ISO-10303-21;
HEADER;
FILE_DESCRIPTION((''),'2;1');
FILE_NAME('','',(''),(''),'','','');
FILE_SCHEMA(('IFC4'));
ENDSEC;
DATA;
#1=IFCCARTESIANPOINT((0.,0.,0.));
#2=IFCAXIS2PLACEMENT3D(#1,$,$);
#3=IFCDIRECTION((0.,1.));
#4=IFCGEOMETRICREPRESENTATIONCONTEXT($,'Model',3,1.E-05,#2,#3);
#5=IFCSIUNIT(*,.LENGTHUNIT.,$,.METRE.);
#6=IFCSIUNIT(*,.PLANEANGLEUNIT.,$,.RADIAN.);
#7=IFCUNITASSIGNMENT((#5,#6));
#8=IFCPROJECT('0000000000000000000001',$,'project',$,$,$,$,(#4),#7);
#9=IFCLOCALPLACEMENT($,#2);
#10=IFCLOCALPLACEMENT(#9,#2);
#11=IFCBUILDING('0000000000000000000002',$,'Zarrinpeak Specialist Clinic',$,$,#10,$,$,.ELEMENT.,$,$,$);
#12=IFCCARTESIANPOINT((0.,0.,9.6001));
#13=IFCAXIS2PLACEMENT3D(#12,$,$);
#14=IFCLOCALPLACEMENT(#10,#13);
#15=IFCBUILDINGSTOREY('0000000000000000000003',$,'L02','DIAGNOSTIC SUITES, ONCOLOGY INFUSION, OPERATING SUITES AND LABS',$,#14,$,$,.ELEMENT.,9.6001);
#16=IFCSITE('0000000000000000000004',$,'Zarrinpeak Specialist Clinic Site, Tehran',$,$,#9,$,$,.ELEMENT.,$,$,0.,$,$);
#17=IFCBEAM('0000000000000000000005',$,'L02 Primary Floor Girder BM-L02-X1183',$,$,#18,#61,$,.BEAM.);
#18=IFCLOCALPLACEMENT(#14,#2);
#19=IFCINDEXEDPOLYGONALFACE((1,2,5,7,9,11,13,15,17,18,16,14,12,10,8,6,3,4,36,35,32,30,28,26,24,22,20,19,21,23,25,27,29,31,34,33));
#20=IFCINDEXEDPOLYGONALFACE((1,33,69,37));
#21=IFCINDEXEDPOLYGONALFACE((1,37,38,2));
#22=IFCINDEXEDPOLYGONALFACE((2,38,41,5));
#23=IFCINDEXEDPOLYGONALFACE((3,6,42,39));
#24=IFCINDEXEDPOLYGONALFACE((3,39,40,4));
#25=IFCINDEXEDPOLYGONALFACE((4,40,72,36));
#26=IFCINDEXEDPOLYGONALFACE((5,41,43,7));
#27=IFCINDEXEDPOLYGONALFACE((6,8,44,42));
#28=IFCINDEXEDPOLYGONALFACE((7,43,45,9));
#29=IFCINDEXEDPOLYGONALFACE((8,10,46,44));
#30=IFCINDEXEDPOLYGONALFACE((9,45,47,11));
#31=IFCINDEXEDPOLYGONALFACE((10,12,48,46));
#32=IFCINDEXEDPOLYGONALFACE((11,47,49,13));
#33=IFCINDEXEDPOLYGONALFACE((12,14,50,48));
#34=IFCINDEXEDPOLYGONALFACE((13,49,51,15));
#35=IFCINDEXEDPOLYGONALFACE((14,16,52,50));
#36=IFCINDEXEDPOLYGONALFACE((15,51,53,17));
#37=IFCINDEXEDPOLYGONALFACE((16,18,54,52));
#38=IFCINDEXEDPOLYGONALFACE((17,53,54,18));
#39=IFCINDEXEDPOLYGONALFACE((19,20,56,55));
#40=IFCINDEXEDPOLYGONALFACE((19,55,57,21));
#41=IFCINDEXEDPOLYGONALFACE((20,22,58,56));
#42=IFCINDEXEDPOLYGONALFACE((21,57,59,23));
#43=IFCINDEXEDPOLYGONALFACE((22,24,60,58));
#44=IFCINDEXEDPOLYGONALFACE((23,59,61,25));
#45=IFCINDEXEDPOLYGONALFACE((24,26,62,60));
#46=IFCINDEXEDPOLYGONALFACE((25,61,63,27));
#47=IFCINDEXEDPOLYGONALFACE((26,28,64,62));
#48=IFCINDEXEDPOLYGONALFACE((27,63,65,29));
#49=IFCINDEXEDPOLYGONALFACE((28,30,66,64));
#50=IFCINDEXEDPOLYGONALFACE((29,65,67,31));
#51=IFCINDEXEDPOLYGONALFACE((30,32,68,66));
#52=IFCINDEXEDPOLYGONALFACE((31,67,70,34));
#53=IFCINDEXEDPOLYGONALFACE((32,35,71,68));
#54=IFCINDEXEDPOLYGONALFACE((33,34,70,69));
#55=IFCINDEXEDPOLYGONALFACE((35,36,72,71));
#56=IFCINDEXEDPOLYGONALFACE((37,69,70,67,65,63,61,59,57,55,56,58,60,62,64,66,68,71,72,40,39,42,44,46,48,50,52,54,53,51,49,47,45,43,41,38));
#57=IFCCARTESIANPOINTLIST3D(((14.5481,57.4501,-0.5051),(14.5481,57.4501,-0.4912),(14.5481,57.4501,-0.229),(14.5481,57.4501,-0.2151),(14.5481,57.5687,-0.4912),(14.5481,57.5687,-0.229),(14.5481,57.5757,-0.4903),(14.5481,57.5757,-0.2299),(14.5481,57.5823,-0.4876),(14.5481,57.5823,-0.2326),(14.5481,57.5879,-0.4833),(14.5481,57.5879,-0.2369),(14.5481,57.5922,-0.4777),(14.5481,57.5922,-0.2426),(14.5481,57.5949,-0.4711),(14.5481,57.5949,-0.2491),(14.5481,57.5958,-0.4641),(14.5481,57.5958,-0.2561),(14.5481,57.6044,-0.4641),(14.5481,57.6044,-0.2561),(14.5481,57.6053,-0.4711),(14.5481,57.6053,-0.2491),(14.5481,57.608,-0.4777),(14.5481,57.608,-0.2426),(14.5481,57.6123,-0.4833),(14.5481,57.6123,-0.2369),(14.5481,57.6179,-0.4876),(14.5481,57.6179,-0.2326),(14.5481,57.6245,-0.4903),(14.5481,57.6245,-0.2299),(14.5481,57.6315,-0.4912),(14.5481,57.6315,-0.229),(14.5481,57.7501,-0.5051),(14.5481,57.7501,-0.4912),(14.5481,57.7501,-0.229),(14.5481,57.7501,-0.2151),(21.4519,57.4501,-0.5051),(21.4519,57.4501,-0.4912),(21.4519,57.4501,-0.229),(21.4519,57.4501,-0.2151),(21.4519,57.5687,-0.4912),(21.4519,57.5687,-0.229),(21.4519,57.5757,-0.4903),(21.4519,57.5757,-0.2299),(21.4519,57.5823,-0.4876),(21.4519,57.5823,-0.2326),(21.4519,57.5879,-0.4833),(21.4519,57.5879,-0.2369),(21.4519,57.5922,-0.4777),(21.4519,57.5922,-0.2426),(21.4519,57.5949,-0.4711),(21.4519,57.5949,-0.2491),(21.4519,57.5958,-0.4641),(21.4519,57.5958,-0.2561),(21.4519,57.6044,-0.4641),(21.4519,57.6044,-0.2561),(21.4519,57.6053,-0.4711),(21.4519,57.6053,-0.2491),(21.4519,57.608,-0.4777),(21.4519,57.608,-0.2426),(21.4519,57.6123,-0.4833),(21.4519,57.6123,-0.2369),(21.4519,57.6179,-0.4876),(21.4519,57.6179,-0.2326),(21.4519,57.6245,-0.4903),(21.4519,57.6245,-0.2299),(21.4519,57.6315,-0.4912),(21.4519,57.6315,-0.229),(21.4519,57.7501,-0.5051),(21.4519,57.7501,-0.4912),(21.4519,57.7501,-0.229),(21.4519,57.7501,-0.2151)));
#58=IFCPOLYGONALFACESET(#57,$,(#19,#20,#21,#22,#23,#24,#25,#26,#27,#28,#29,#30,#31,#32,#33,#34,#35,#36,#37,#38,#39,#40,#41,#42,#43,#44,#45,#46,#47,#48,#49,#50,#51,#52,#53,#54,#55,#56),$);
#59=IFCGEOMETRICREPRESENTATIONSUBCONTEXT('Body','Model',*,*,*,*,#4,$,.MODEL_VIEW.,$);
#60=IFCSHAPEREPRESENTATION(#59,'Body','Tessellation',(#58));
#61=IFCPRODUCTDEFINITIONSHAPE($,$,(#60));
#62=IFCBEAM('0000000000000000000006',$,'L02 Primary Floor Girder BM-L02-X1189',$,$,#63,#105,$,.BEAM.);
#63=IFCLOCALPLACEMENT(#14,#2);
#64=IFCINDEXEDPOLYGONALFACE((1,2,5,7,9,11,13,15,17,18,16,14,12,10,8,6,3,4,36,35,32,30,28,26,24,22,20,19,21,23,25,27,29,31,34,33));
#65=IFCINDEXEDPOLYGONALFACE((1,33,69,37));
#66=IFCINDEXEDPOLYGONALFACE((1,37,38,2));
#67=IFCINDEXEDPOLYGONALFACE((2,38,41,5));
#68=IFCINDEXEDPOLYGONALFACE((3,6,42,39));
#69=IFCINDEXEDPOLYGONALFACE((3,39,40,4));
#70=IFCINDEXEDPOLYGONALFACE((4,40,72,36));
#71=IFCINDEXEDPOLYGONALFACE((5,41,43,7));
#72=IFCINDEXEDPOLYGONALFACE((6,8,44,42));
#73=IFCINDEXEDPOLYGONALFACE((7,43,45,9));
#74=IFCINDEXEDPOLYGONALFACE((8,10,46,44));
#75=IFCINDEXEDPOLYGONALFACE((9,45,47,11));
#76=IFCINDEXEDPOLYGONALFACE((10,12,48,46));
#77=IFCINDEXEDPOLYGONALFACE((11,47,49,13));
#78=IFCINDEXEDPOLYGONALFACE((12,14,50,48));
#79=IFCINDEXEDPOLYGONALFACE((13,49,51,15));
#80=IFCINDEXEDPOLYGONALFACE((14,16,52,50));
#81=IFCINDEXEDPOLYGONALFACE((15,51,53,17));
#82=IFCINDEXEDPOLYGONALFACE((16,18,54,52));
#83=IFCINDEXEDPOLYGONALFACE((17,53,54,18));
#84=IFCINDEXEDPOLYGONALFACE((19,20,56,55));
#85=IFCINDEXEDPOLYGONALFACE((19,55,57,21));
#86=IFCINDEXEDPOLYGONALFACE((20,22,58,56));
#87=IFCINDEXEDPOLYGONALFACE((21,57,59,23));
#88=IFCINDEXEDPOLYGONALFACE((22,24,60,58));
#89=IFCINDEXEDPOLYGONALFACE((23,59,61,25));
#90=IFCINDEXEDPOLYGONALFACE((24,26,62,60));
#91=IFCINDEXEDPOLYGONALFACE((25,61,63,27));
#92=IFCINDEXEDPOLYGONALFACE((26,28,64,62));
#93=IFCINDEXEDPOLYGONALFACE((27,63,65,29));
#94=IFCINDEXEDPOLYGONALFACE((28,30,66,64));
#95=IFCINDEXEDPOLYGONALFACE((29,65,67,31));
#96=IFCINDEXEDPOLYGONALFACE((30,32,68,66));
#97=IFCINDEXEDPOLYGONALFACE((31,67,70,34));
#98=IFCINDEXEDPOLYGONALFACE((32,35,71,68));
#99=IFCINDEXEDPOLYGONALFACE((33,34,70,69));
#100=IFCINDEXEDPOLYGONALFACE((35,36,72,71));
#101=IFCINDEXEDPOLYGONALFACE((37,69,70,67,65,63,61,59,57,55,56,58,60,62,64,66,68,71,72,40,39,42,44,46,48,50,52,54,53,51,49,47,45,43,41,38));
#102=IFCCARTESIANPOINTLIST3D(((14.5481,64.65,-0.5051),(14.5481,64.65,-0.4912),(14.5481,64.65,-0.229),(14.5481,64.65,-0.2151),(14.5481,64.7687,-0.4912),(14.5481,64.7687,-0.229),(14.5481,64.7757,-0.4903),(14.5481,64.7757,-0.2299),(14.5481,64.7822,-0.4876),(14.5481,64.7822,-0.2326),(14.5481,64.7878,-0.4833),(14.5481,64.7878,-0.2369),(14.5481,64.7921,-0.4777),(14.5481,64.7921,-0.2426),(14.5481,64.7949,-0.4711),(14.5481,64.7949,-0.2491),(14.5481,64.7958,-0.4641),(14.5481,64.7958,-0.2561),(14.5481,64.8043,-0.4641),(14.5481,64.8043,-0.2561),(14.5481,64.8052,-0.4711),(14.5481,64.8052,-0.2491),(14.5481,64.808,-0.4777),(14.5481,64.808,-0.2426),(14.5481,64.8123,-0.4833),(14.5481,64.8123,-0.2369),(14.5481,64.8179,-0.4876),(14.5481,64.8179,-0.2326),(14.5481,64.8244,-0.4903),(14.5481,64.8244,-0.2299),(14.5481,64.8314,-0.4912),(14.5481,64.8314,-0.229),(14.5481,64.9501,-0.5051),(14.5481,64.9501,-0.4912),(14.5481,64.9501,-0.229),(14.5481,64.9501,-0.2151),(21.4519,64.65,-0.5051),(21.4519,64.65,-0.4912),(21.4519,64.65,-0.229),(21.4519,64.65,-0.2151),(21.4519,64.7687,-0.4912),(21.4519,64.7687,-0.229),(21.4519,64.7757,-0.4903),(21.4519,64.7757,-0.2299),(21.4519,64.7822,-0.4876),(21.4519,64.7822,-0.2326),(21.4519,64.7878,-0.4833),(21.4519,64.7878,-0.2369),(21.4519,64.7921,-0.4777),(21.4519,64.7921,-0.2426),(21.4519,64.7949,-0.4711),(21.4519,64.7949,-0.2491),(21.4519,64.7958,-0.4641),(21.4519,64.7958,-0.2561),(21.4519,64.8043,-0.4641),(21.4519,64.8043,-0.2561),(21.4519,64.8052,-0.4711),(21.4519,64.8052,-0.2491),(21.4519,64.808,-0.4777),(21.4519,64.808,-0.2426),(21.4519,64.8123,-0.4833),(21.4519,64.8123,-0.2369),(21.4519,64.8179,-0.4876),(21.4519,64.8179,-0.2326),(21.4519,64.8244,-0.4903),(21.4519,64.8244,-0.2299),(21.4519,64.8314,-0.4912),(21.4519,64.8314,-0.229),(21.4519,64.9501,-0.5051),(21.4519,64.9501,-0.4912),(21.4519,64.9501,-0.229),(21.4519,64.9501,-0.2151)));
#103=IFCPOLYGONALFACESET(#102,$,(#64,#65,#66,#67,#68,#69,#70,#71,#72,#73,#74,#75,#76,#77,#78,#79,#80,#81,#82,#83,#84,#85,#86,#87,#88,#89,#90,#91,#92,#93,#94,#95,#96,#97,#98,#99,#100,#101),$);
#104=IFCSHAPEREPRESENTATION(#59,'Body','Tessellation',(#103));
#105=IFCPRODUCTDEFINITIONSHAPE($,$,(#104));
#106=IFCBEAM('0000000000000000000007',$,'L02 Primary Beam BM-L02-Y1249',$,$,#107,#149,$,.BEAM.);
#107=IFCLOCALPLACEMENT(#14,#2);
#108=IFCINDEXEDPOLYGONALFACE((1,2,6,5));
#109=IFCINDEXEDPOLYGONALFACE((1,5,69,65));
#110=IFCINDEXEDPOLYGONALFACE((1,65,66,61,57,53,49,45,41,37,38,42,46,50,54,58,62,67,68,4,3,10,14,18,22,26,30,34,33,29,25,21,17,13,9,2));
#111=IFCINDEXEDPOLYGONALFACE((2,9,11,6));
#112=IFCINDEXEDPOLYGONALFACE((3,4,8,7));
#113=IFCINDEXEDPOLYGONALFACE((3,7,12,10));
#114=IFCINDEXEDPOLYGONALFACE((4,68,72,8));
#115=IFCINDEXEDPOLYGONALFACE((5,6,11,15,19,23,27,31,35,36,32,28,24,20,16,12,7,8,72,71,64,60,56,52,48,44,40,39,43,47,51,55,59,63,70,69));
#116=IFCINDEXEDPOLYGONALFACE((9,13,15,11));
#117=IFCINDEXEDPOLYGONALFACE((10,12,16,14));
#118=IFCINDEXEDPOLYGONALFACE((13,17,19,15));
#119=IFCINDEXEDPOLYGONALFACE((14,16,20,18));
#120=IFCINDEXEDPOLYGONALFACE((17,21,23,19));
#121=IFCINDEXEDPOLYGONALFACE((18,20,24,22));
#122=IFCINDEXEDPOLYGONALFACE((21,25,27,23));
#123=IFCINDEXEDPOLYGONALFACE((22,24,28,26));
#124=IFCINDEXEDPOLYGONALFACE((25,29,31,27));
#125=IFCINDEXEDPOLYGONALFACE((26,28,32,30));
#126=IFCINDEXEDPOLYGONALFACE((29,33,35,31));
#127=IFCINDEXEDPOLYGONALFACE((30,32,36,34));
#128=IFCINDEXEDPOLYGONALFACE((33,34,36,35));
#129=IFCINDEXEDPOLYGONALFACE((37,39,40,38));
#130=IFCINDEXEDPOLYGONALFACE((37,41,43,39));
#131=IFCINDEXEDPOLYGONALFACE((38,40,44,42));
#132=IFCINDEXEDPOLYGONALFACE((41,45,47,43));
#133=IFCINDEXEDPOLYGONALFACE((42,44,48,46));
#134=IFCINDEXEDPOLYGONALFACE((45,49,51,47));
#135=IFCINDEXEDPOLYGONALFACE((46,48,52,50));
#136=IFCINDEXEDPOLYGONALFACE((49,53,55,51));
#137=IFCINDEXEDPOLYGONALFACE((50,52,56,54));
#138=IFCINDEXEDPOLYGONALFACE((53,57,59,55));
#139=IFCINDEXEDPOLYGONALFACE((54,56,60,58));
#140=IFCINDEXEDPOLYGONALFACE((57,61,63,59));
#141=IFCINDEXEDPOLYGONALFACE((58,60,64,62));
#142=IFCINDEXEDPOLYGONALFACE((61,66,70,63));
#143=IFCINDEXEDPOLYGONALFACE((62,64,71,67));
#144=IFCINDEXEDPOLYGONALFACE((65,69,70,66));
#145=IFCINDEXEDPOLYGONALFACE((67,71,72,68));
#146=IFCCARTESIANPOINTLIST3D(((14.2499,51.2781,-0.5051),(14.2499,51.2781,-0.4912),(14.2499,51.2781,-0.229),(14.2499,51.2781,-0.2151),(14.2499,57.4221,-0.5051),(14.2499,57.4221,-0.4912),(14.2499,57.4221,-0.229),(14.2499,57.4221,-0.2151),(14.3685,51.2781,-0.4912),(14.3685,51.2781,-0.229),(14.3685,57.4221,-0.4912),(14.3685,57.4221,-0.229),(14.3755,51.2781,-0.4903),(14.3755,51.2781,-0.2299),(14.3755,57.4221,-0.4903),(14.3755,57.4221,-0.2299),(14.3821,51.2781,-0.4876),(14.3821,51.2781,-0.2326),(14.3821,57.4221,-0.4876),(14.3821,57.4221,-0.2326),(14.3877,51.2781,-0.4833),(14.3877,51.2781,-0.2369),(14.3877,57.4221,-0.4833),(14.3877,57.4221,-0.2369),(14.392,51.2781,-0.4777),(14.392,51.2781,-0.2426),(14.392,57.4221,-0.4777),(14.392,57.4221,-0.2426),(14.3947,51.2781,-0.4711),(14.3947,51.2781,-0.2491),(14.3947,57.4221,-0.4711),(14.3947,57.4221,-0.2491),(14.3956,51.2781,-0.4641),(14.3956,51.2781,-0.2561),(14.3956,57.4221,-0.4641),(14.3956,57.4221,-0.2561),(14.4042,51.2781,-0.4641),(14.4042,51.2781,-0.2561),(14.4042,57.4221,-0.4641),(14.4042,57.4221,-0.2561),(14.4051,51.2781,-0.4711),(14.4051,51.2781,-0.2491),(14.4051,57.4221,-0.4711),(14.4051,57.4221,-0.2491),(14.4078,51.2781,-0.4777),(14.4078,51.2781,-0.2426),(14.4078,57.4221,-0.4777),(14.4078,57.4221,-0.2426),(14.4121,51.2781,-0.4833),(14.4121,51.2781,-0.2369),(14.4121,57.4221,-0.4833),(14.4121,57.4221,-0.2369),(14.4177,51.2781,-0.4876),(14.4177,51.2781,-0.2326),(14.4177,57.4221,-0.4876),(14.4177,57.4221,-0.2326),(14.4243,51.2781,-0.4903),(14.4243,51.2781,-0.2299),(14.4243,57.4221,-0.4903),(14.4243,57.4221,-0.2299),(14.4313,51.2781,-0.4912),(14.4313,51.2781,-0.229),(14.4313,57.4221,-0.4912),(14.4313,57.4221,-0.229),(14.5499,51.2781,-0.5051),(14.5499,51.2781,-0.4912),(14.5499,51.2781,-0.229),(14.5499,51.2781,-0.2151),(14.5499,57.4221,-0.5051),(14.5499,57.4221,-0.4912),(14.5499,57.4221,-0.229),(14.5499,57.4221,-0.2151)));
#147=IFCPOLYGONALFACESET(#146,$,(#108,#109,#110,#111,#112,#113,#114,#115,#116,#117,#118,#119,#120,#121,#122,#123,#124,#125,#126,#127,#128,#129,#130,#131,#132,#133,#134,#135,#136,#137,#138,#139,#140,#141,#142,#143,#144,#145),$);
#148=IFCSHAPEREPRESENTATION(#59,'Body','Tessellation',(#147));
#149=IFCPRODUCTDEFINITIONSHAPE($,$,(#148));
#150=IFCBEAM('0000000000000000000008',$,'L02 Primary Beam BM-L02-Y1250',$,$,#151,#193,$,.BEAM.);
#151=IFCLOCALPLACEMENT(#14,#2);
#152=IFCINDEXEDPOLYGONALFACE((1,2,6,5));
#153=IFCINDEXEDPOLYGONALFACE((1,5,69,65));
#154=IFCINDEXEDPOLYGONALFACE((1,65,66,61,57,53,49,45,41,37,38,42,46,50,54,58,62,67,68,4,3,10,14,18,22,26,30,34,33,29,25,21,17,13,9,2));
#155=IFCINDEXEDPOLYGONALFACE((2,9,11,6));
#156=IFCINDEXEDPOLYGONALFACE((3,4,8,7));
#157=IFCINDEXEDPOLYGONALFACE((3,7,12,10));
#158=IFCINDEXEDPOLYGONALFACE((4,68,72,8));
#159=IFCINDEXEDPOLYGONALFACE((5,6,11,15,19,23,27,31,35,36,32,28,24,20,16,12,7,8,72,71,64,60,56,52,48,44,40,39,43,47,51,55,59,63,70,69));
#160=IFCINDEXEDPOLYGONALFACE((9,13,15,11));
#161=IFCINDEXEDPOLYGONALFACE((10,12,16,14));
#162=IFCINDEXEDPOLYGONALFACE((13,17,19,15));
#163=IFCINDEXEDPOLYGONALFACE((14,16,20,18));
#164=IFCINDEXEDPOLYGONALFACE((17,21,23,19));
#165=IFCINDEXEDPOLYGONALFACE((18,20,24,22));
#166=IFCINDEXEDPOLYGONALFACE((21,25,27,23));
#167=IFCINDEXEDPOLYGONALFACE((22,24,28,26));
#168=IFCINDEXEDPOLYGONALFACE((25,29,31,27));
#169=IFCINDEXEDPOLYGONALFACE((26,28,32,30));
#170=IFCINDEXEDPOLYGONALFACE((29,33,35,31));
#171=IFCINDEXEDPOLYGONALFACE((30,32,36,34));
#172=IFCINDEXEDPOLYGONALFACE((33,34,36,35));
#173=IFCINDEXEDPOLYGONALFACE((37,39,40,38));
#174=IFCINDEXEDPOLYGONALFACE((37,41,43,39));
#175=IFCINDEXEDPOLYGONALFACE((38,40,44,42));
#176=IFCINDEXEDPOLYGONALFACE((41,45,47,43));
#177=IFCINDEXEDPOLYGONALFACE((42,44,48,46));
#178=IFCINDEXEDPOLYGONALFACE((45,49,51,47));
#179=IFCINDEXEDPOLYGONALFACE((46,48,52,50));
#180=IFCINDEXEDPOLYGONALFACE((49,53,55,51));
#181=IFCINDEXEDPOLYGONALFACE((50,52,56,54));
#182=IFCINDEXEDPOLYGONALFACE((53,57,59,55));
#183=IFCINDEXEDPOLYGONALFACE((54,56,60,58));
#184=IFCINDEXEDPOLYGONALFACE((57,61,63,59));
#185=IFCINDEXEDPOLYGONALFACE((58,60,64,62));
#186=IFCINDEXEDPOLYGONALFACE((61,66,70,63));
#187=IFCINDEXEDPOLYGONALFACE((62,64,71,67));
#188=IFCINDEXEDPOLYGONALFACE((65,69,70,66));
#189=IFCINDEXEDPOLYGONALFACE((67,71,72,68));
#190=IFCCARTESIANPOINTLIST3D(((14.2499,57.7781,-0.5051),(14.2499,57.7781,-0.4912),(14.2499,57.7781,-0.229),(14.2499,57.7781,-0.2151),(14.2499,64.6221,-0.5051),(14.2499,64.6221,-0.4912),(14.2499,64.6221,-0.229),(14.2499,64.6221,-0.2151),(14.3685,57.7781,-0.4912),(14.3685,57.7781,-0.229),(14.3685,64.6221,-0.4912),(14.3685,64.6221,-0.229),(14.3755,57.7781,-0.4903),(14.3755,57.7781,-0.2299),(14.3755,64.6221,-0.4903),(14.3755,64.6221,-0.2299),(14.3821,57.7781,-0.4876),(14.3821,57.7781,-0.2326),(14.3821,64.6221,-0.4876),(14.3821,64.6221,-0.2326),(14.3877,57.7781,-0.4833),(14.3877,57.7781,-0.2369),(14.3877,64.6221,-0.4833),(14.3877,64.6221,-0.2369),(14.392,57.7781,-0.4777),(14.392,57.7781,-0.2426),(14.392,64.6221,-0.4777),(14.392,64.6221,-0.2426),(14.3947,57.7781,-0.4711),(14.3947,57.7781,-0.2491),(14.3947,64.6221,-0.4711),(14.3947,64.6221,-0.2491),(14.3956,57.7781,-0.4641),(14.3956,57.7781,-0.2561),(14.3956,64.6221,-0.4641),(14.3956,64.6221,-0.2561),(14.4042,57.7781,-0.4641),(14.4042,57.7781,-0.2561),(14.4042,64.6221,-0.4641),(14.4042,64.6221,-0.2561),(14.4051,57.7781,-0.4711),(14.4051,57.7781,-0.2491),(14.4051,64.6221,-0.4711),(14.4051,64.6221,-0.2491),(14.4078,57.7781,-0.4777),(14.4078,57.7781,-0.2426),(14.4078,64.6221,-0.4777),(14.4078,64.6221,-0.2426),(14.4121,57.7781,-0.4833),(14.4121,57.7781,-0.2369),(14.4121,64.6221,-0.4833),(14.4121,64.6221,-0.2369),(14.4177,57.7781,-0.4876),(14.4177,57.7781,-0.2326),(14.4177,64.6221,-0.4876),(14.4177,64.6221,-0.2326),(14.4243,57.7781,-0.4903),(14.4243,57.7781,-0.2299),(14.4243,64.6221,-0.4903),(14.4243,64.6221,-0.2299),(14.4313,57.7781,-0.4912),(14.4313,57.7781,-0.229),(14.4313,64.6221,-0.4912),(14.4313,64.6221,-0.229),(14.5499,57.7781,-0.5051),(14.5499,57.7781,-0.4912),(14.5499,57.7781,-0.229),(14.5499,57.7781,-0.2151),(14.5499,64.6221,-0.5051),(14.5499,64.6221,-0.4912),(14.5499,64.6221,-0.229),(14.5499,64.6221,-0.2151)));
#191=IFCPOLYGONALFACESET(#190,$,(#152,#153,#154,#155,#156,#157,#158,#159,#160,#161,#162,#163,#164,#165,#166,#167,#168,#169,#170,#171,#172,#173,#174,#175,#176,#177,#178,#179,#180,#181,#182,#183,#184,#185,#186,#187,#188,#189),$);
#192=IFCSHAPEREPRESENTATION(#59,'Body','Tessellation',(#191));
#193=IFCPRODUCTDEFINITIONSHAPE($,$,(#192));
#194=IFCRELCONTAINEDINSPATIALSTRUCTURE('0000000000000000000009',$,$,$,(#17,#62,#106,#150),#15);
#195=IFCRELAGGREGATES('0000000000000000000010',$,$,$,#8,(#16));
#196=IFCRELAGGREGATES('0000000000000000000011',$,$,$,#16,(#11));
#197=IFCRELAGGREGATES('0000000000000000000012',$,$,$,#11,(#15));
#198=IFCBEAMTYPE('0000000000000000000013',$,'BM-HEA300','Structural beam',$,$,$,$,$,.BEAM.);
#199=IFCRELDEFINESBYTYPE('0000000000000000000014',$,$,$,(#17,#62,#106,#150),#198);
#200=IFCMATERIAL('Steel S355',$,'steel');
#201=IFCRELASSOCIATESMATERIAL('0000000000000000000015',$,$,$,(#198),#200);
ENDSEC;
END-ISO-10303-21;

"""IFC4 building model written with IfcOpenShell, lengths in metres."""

from ifc_helpers import new_model, si_unit, direction, frame, origin, origin_2d, place, context, subcontext, project, spatial, i_section, extrude, material, material_profile, profile_set, type_object, element, save


model = new_model("IFC4")

# Units and contexts
model_context = context("Model", 3, precision=1e-05, world=origin(), true_north=direction((0.0, 1.0)))
body_context = subcontext(model_context, "Body", "Model", "MODEL_VIEW")
ifc_project = project(units=[si_unit("LENGTHUNIT", "METRE"), si_unit("PLANEANGLEUNIT", "RADIAN")], contexts=[model_context])

# Site, building, storey
site_placement = place(None, origin())
site = spatial("IfcSite", under=ifc_project, at=site_placement, Name="Zarrinpeak Specialist Clinic Site, Tehran", CompositionType="ELEMENT", RefElevation=0.0)
building_placement = place(site_placement, origin())
building = spatial("IfcBuilding", under=site, at=building_placement, Name="Zarrinpeak Specialist Clinic", CompositionType="ELEMENT")
storey_placement = place(building_placement, frame((0.0, 0.0, 9.6001)))
storey = spatial("IfcBuildingStorey", under=building, at=storey_placement, Name="L02", Description="DIAGNOSTIC SUITES, ONCOLOGY INFUSION, OPERATING SUITES AND LABS", CompositionType="ELEMENT", Elevation=9.6001)

# Shared definitions
ifc_material_1 = material(Name="Steel S355", Category="steel")

# Beams
ifc_material_profile_1 = material_profile(ifc_material_1, i_section(OverallWidth=0.3, OverallDepth=0.29, WebThickness=0.0085, FlangeThickness=0.0139, FilletRadius=0.0271, at=origin_2d()), Name="HEA 300")
ifc_profile_set_1 = profile_set([ifc_material_profile_1], Name="Steel S355")
beam_type_1 = type_object("IfcBeamType", Name="BM-HEA300", Description="Structural beam", PredefinedType="BEAM", material=ifc_profile_set_1)
for number, where, z_axis, x_axis, name in (
    (1, (14.5481, 57.6001, -0.3601), (1.0, 0.0, 0.0), (0.0, 1.0, 0.0), "L02 Primary Floor Girder BM-L02-X1183"),
    (2, (14.5481, 64.8, -0.3601), (1.0, 0.0, 0.0), (0.0, 1.0, 0.0), "L02 Primary Floor Girder BM-L02-X1189"),
):
    element("IfcBeam", number, at=place(storey_placement, frame(where, z_axis=z_axis, x_axis=x_axis)), inside=storey, type_object=beam_type_1, Name=name, PredefinedType="BEAM", context=body_context, shape_type="SweptSolid", body=[
        extrude(i_section(OverallWidth=0.3, OverallDepth=0.29, WebThickness=0.0085, FlangeThickness=0.0139, FilletRadius=0.0271, at=origin_2d()), origin(), (0.0, 0.0, 1.0), 6.9038),
    ])
beam_1_placement = place(storey_placement, frame((14.3999, 51.2781, -0.3601), z_axis=(0.0, 1.0, 0.0), x_axis=(-1.0, 0.0, 0.0)))
element("IfcBeam", 3, at=beam_1_placement, inside=storey, type_object=beam_type_1, Name="L02 Primary Beam BM-L02-Y1249", PredefinedType="BEAM", context=body_context, shape_type="SweptSolid", body=[
    extrude(i_section(OverallWidth=0.3, OverallDepth=0.29, WebThickness=0.0085, FlangeThickness=0.0139, FilletRadius=0.0271, at=origin_2d()), origin(), (0.0, 0.0, 1.0), 6.144),
])
for number, where, z_axis, x_axis, name in (
    (4, (14.3999, 57.7781, -0.3601), (0.0, 1.0, 0.0), (-1.0, 0.0, 0.0), "L02 Primary Beam BM-L02-Y1250"),
):
    element("IfcBeam", number, at=place(storey_placement, frame(where, z_axis=z_axis, x_axis=x_axis)), inside=storey, type_object=beam_type_1, Name=name, PredefinedType="BEAM", context=body_context, shape_type="SweptSolid", body=[
        extrude(i_section(OverallWidth=0.3, OverallDepth=0.29, WebThickness=0.0085, FlangeThickness=0.0139, FilletRadius=0.0271, at=origin_2d()), origin(), (0.0, 0.0, 1.0), 6.844),
    ])

save(model, "model.ifc")
